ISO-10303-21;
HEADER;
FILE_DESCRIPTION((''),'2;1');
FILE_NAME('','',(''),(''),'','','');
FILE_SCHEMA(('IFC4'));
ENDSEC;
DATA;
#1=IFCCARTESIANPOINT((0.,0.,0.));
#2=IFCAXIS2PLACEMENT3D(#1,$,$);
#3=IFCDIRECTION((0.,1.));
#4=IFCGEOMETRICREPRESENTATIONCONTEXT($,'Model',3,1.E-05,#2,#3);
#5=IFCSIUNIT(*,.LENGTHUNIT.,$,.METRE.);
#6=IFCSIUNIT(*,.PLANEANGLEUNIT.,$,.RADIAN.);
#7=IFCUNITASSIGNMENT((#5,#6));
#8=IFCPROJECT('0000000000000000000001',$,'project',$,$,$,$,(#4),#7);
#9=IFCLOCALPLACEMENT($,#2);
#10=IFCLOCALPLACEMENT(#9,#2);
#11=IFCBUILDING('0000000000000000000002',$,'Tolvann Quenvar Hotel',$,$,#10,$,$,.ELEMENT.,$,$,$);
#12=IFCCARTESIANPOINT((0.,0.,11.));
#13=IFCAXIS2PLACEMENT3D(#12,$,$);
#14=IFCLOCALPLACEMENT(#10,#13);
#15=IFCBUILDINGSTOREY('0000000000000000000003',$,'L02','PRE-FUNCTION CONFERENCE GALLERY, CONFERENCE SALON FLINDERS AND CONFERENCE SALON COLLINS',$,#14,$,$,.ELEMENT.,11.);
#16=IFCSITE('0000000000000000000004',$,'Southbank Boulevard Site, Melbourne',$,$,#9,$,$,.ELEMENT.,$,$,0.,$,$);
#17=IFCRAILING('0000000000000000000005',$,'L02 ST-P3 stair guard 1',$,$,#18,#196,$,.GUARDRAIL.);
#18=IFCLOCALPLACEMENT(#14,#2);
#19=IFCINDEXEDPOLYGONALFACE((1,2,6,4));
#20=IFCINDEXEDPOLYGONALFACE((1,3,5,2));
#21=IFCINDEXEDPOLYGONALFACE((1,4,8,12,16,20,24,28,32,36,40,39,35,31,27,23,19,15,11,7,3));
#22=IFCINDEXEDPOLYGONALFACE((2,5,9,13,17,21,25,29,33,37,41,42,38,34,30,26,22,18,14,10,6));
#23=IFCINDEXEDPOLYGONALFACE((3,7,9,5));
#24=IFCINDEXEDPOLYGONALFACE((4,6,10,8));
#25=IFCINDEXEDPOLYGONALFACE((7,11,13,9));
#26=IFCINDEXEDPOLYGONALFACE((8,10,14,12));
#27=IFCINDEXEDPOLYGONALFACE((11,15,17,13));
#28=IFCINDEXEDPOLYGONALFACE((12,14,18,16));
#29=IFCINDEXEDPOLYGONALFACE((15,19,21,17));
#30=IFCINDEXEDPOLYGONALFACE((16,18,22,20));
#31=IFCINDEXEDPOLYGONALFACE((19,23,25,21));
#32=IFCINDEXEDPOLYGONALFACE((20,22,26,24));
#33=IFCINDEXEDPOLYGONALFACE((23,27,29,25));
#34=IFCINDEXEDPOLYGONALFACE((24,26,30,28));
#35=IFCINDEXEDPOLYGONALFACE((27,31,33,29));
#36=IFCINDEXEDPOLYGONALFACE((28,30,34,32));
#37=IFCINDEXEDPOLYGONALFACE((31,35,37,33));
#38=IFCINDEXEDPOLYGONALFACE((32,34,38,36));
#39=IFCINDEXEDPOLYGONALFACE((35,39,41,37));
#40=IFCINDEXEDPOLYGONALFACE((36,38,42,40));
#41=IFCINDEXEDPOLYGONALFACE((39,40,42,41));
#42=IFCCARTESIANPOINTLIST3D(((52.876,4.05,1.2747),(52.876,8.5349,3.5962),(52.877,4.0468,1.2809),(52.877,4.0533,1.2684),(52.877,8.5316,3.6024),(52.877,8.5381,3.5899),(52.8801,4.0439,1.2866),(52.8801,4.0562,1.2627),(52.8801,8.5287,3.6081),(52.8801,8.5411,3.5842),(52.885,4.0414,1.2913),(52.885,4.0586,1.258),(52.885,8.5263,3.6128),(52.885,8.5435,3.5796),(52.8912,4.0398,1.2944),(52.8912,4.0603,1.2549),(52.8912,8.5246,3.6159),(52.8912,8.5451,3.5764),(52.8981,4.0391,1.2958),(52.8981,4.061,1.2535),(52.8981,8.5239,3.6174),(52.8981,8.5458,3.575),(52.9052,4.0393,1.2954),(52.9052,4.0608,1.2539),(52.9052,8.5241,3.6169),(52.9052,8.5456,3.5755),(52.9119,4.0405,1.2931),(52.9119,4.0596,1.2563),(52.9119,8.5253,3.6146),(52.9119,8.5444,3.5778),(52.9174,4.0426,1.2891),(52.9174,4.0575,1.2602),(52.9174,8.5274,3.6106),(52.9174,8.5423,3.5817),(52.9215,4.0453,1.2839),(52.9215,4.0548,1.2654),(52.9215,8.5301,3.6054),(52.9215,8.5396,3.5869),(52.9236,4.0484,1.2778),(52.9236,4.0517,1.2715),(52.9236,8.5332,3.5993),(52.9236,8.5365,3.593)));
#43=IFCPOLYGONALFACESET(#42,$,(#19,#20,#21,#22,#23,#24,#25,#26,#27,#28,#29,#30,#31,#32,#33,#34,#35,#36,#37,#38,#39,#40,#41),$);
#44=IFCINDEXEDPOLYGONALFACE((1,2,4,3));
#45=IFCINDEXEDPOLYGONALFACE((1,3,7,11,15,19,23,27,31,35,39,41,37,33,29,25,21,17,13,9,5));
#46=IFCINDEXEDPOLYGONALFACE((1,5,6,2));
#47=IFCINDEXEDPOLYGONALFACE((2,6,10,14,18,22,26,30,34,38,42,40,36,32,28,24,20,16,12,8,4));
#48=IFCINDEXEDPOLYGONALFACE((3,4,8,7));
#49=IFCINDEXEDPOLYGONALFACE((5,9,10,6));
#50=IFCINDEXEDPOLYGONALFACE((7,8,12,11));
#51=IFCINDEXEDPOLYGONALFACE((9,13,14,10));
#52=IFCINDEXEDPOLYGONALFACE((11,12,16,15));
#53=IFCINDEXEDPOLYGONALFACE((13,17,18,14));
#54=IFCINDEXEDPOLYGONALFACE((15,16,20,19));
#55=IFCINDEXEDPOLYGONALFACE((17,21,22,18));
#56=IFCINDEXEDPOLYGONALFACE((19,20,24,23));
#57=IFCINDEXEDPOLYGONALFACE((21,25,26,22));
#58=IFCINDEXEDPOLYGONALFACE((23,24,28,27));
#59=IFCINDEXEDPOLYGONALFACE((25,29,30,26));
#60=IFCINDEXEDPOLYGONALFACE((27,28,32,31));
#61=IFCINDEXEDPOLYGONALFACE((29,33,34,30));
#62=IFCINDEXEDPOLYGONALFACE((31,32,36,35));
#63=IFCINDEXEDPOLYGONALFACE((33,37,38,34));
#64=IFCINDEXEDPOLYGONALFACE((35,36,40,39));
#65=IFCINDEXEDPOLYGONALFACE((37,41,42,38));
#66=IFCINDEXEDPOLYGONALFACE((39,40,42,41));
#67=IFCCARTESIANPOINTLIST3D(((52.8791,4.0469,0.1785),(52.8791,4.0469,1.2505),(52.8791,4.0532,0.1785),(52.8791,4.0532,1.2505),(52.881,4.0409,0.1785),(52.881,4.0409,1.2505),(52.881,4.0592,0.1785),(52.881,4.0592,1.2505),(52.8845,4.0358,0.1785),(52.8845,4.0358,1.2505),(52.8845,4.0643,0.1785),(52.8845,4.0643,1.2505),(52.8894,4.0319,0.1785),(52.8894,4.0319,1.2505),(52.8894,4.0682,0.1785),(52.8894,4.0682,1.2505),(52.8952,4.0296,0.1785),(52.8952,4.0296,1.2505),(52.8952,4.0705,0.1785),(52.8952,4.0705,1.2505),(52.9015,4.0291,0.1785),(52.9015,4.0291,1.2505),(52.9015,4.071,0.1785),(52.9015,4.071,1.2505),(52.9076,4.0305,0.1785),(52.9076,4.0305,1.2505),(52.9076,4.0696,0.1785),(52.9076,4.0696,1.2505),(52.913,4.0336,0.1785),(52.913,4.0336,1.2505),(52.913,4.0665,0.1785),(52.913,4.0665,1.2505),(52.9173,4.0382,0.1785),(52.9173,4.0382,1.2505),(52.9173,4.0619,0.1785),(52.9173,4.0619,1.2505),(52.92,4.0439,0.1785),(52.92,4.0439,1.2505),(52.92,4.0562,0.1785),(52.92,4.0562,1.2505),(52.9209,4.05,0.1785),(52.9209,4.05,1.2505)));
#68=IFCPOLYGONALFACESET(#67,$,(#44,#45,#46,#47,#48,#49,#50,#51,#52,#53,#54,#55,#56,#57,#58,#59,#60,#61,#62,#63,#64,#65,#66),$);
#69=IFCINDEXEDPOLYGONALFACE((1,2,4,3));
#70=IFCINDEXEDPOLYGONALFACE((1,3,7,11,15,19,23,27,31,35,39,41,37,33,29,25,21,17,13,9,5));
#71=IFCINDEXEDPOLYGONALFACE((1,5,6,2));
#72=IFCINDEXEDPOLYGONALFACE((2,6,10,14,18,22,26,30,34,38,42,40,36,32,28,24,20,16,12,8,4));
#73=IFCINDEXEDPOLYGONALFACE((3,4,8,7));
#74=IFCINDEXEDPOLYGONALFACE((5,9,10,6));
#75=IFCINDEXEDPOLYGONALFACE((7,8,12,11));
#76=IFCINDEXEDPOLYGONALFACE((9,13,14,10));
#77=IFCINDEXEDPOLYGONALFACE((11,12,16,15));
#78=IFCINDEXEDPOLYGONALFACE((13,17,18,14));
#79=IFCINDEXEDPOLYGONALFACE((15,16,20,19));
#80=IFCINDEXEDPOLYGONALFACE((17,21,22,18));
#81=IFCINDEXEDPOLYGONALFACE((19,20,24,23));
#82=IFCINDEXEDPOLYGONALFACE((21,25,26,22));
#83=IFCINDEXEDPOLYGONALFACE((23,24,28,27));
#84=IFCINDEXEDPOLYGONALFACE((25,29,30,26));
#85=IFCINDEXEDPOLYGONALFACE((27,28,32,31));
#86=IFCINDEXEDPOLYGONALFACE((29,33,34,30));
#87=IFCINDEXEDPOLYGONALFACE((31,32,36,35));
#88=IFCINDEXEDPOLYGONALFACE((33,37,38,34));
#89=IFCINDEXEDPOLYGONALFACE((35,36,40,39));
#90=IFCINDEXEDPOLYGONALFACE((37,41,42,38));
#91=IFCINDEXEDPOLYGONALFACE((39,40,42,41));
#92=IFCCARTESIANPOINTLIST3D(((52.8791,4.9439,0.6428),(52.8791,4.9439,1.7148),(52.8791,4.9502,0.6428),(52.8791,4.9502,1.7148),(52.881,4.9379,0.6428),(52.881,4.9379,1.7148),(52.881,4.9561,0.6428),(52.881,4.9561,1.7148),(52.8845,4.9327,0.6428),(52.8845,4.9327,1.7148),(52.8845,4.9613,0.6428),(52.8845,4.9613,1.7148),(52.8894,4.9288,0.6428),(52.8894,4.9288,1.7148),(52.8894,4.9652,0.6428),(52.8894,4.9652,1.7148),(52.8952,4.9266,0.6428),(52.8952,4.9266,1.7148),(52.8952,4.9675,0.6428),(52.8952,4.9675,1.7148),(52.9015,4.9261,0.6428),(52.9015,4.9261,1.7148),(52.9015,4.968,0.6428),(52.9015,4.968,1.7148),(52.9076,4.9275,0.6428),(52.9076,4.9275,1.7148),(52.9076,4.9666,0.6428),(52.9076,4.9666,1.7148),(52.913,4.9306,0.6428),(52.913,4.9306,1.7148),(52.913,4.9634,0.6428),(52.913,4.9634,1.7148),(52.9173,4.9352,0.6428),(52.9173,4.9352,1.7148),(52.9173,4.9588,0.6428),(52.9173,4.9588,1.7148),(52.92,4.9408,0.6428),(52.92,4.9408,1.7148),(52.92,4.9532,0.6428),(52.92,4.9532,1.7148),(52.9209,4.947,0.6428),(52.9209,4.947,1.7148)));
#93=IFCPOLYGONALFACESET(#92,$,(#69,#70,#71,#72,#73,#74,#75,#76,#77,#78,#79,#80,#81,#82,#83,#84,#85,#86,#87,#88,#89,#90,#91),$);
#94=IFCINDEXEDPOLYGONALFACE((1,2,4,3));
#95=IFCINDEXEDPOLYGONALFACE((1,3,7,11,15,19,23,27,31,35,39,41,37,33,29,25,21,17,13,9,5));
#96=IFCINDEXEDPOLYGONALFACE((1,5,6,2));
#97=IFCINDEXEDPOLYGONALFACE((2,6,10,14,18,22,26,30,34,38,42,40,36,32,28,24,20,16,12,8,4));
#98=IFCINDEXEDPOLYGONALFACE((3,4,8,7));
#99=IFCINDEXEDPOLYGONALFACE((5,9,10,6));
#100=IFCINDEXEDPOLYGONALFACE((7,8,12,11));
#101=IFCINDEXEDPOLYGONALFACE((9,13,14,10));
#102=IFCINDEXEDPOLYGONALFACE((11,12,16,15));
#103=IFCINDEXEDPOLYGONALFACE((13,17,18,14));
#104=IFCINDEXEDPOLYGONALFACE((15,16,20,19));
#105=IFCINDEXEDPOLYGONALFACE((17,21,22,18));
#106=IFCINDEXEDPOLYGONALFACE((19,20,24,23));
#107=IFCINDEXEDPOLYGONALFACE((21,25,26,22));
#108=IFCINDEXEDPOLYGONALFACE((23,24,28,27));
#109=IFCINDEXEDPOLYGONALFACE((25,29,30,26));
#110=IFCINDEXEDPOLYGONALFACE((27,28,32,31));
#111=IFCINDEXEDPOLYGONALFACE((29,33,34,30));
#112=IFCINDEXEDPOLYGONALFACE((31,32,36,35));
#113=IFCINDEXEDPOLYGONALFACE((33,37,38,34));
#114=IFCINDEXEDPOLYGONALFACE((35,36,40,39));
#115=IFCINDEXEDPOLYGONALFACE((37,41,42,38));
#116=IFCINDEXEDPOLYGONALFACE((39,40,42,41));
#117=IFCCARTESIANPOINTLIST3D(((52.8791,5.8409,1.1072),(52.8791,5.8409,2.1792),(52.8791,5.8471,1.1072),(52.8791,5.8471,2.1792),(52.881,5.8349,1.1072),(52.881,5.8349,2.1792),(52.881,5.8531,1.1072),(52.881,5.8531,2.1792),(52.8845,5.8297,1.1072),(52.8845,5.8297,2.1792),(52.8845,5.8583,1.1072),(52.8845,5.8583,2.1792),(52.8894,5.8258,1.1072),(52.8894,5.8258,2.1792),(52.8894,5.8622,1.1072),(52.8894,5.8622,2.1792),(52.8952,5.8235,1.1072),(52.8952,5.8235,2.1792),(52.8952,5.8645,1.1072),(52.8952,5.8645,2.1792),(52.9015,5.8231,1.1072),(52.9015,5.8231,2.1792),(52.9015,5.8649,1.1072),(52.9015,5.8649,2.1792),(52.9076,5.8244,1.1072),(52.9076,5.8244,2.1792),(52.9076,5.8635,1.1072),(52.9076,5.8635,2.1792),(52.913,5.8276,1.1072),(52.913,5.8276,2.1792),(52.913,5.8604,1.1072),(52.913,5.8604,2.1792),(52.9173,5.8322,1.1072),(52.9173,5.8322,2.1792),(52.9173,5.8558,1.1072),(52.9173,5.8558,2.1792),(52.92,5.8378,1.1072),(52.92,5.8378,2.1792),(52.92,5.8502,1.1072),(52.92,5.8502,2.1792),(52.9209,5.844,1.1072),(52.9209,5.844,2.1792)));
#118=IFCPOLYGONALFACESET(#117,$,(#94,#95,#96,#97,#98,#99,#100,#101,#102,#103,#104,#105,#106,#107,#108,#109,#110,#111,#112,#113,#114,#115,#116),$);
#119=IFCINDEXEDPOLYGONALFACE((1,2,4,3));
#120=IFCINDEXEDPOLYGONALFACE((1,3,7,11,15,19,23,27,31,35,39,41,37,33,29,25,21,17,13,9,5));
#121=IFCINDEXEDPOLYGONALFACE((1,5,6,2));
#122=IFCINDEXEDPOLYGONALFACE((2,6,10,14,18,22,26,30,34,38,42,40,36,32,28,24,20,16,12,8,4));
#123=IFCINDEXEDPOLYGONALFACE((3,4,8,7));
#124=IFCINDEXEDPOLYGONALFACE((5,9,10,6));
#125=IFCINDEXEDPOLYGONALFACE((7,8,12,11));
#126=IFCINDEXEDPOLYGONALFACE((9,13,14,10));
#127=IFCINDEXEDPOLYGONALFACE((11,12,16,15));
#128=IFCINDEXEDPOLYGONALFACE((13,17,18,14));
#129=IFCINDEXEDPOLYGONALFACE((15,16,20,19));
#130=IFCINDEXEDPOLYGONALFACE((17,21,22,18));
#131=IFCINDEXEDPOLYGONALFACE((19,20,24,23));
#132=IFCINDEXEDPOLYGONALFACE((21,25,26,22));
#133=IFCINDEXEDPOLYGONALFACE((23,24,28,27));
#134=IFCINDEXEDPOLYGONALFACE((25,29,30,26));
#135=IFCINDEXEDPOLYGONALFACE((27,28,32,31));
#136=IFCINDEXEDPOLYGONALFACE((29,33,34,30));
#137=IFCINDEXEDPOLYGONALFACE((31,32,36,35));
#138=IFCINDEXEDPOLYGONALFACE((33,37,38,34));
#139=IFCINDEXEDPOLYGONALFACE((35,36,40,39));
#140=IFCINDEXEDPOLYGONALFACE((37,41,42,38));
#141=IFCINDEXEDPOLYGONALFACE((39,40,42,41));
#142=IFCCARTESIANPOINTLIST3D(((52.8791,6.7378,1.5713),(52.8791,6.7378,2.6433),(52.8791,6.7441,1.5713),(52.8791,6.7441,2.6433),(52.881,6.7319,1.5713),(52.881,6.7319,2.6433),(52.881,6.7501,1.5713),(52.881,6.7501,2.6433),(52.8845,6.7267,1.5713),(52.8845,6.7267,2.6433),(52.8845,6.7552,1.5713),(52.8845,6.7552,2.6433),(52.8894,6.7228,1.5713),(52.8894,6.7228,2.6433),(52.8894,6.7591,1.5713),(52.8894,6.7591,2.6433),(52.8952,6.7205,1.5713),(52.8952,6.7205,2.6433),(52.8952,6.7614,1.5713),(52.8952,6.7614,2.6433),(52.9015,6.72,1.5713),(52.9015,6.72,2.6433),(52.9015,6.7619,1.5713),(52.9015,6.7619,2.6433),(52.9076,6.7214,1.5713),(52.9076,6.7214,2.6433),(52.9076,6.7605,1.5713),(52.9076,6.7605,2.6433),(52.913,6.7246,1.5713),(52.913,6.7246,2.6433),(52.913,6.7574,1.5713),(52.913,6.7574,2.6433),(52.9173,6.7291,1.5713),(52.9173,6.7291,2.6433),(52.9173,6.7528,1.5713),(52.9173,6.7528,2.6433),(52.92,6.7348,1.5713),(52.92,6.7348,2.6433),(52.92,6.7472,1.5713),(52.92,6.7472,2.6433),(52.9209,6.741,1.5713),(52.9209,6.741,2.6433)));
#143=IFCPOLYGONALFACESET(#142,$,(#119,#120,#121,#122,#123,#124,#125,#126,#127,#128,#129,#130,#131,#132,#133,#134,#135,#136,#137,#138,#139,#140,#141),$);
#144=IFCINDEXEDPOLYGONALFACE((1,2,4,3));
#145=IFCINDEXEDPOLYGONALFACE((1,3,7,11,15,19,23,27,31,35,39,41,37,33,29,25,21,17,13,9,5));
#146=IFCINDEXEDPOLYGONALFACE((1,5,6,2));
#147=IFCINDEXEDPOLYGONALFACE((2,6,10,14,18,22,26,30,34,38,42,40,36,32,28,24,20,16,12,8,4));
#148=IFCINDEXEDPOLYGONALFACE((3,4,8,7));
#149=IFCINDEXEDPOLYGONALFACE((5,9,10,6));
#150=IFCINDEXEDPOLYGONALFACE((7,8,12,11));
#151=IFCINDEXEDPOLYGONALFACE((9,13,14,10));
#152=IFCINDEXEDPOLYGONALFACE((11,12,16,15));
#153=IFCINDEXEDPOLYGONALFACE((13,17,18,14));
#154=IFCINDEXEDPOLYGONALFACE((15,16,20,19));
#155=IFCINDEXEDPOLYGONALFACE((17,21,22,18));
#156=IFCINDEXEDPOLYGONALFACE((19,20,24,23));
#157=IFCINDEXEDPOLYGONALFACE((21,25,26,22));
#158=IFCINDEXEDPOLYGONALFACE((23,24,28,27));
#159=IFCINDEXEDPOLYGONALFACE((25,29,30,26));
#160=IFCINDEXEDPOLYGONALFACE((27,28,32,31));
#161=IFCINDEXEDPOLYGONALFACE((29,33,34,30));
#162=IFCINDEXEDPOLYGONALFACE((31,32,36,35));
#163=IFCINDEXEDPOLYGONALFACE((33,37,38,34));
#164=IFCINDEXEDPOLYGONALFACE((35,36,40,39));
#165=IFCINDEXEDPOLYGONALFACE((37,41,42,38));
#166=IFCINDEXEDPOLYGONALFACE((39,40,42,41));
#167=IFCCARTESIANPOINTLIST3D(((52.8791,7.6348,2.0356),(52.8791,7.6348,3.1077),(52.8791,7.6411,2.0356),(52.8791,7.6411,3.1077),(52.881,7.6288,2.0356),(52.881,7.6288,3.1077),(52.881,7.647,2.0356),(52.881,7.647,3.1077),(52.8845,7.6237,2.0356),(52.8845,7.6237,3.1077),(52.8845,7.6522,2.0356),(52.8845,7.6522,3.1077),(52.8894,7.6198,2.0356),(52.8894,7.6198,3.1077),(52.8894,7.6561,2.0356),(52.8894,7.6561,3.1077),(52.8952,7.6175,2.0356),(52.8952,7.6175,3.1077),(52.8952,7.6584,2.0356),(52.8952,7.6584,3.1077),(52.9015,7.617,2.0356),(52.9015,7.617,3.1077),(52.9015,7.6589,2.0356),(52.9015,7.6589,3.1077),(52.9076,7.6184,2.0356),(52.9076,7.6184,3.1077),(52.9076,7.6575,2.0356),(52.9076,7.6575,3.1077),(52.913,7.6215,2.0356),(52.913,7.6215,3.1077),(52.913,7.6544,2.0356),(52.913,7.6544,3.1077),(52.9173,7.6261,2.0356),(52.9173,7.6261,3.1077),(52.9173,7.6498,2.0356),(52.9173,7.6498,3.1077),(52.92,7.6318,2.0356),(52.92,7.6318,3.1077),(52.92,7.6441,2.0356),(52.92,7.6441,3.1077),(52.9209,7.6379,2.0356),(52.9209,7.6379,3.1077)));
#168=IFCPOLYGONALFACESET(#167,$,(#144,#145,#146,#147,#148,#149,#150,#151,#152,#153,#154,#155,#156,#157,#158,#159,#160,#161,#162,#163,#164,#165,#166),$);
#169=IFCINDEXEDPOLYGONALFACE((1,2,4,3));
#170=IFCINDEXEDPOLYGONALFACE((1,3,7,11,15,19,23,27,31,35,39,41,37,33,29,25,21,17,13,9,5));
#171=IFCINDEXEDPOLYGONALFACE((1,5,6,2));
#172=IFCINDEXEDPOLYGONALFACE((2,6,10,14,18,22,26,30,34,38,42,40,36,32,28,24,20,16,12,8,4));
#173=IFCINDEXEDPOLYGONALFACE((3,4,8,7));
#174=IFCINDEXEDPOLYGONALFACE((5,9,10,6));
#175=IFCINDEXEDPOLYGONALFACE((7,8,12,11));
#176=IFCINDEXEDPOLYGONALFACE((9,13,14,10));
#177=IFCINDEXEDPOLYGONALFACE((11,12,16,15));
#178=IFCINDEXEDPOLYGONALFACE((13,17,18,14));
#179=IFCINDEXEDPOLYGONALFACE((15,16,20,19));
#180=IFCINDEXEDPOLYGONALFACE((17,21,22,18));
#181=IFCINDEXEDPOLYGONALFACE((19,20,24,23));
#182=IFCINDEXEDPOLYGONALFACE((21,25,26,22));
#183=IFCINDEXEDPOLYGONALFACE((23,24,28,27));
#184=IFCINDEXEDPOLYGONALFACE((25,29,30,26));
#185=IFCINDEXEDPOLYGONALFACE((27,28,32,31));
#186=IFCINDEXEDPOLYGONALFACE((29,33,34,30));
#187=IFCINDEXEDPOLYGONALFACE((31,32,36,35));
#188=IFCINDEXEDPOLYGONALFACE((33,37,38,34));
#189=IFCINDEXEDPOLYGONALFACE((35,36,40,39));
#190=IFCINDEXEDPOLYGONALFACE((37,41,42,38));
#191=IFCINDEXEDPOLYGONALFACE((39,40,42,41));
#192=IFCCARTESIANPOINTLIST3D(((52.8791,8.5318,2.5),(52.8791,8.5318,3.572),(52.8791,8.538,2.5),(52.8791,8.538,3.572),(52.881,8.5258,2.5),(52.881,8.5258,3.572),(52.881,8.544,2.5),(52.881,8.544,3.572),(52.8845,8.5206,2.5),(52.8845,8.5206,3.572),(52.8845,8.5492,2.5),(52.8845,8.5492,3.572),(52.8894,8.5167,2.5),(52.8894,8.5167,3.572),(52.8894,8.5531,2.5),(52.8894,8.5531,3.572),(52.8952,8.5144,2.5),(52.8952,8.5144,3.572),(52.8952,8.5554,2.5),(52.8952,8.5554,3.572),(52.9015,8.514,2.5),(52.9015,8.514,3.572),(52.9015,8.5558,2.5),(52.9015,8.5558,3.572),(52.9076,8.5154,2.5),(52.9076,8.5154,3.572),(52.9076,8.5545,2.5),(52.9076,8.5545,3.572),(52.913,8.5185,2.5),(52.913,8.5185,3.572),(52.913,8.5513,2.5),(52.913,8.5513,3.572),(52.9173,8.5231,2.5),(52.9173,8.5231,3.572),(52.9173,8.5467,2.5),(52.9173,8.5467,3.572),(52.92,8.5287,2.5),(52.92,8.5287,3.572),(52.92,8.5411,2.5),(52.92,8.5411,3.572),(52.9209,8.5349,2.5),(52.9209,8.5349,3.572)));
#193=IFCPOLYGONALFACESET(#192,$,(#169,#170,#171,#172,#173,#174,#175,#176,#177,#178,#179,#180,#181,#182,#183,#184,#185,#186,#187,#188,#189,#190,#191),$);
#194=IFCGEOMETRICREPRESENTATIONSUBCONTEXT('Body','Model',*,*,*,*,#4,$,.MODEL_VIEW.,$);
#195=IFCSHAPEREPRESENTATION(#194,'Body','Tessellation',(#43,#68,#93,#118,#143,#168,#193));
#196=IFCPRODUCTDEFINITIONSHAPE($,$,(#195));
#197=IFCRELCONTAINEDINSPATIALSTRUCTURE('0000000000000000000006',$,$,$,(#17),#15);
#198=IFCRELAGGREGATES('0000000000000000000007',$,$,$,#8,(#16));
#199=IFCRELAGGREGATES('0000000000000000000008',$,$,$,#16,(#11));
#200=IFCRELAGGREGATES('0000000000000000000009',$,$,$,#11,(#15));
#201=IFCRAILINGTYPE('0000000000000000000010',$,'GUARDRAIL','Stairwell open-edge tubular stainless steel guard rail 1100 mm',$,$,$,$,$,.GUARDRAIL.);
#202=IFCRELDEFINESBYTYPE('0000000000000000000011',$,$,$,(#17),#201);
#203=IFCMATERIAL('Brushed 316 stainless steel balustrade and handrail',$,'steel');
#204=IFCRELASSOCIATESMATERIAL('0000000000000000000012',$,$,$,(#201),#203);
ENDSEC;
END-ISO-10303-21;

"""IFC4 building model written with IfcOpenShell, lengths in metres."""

from ifc_helpers import new_model, si_unit, direction, frame, origin, origin_2d, place, context, subcontext, project, spatial, circle, extrude, material, type_object, element, save


model = new_model("IFC4")

# Units and contexts
model_context = context("Model", 3, precision=1e-05, world=origin(), true_north=direction((0.0, 1.0)))
body_context = subcontext(model_context, "Body", "Model", "MODEL_VIEW")
ifc_project = project(units=[si_unit("LENGTHUNIT", "METRE"), si_unit("PLANEANGLEUNIT", "RADIAN")], contexts=[model_context])

# Site, building, storey
site_placement = place(None, origin())
site = spatial("IfcSite", under=ifc_project, at=site_placement, Name="Southbank Boulevard Site, Melbourne", CompositionType="ELEMENT", RefElevation=0.0)
building_placement = place(site_placement, origin())
building = spatial("IfcBuilding", under=site, at=building_placement, Name="Tolvann Quenvar Hotel", CompositionType="ELEMENT")
storey_placement = place(building_placement, frame((0.0, 0.0, 11.0)))
storey = spatial("IfcBuildingStorey", under=building, at=storey_placement, Name="L02", Description="PRE-FUNCTION CONFERENCE GALLERY, CONFERENCE SALON FLINDERS AND CONFERENCE SALON COLLINS", CompositionType="ELEMENT", Elevation=11.0)

# Railing
ifc_material_1 = material(Name="Brushed 316 stainless steel balustrade and handrail", Category="steel")
railing_type_1 = type_object("IfcRailingType", Name="GUARDRAIL", Description="Stairwell open-edge tubular stainless steel guard rail 1100 mm", PredefinedType="GUARDRAIL", material=ifc_material_1)
railing_1_placement = place(storey_placement, frame((52.8999, 4.05, 0.1785)))
element("IfcRailing", 1, at=railing_1_placement, inside=storey, type_object=railing_type_1, Name="L02 ST-P3 stair guard 1", PredefinedType="GUARDRAIL", context=body_context, shape_type="SweptSolid", body=[
    extrude(circle(Radius=0.0239, at=origin_2d()), frame((0.0, 0.0, 1.0962), z_axis=(0.0, 0.888074, 0.4597), x_axis=(-1.0, 0.0, 0.0)), (0.0, 0.0, 1.0), 5.05),
    extrude(circle(Radius=0.021, at=origin_2d()), origin(), (0.0, 0.0, 1.0), 1.072),
    extrude(circle(Radius=0.021, at=origin_2d()), frame((0.0, 0.897, 0.4644)), (0.0, 0.0, 1.0), 1.072),
    extrude(circle(Radius=0.021, at=origin_2d()), frame((0.0, 1.7939, 0.9287)), (0.0, 0.0, 1.0), 1.072),
    extrude(circle(Radius=0.021, at=origin_2d()), frame((0.0, 2.6909, 1.3928)), (0.0, 0.0, 1.0), 1.072),
    extrude(circle(Radius=0.021, at=origin_2d()), frame((0.0, 3.5879, 1.8572)), (0.0, 0.0, 1.0), 1.072),
    extrude(circle(Radius=0.021, at=origin_2d()), frame((0.0, 4.4849, 2.3215)), (0.0, 0.0, 1.0), 1.072),
])

save(model, "model.ifc")
